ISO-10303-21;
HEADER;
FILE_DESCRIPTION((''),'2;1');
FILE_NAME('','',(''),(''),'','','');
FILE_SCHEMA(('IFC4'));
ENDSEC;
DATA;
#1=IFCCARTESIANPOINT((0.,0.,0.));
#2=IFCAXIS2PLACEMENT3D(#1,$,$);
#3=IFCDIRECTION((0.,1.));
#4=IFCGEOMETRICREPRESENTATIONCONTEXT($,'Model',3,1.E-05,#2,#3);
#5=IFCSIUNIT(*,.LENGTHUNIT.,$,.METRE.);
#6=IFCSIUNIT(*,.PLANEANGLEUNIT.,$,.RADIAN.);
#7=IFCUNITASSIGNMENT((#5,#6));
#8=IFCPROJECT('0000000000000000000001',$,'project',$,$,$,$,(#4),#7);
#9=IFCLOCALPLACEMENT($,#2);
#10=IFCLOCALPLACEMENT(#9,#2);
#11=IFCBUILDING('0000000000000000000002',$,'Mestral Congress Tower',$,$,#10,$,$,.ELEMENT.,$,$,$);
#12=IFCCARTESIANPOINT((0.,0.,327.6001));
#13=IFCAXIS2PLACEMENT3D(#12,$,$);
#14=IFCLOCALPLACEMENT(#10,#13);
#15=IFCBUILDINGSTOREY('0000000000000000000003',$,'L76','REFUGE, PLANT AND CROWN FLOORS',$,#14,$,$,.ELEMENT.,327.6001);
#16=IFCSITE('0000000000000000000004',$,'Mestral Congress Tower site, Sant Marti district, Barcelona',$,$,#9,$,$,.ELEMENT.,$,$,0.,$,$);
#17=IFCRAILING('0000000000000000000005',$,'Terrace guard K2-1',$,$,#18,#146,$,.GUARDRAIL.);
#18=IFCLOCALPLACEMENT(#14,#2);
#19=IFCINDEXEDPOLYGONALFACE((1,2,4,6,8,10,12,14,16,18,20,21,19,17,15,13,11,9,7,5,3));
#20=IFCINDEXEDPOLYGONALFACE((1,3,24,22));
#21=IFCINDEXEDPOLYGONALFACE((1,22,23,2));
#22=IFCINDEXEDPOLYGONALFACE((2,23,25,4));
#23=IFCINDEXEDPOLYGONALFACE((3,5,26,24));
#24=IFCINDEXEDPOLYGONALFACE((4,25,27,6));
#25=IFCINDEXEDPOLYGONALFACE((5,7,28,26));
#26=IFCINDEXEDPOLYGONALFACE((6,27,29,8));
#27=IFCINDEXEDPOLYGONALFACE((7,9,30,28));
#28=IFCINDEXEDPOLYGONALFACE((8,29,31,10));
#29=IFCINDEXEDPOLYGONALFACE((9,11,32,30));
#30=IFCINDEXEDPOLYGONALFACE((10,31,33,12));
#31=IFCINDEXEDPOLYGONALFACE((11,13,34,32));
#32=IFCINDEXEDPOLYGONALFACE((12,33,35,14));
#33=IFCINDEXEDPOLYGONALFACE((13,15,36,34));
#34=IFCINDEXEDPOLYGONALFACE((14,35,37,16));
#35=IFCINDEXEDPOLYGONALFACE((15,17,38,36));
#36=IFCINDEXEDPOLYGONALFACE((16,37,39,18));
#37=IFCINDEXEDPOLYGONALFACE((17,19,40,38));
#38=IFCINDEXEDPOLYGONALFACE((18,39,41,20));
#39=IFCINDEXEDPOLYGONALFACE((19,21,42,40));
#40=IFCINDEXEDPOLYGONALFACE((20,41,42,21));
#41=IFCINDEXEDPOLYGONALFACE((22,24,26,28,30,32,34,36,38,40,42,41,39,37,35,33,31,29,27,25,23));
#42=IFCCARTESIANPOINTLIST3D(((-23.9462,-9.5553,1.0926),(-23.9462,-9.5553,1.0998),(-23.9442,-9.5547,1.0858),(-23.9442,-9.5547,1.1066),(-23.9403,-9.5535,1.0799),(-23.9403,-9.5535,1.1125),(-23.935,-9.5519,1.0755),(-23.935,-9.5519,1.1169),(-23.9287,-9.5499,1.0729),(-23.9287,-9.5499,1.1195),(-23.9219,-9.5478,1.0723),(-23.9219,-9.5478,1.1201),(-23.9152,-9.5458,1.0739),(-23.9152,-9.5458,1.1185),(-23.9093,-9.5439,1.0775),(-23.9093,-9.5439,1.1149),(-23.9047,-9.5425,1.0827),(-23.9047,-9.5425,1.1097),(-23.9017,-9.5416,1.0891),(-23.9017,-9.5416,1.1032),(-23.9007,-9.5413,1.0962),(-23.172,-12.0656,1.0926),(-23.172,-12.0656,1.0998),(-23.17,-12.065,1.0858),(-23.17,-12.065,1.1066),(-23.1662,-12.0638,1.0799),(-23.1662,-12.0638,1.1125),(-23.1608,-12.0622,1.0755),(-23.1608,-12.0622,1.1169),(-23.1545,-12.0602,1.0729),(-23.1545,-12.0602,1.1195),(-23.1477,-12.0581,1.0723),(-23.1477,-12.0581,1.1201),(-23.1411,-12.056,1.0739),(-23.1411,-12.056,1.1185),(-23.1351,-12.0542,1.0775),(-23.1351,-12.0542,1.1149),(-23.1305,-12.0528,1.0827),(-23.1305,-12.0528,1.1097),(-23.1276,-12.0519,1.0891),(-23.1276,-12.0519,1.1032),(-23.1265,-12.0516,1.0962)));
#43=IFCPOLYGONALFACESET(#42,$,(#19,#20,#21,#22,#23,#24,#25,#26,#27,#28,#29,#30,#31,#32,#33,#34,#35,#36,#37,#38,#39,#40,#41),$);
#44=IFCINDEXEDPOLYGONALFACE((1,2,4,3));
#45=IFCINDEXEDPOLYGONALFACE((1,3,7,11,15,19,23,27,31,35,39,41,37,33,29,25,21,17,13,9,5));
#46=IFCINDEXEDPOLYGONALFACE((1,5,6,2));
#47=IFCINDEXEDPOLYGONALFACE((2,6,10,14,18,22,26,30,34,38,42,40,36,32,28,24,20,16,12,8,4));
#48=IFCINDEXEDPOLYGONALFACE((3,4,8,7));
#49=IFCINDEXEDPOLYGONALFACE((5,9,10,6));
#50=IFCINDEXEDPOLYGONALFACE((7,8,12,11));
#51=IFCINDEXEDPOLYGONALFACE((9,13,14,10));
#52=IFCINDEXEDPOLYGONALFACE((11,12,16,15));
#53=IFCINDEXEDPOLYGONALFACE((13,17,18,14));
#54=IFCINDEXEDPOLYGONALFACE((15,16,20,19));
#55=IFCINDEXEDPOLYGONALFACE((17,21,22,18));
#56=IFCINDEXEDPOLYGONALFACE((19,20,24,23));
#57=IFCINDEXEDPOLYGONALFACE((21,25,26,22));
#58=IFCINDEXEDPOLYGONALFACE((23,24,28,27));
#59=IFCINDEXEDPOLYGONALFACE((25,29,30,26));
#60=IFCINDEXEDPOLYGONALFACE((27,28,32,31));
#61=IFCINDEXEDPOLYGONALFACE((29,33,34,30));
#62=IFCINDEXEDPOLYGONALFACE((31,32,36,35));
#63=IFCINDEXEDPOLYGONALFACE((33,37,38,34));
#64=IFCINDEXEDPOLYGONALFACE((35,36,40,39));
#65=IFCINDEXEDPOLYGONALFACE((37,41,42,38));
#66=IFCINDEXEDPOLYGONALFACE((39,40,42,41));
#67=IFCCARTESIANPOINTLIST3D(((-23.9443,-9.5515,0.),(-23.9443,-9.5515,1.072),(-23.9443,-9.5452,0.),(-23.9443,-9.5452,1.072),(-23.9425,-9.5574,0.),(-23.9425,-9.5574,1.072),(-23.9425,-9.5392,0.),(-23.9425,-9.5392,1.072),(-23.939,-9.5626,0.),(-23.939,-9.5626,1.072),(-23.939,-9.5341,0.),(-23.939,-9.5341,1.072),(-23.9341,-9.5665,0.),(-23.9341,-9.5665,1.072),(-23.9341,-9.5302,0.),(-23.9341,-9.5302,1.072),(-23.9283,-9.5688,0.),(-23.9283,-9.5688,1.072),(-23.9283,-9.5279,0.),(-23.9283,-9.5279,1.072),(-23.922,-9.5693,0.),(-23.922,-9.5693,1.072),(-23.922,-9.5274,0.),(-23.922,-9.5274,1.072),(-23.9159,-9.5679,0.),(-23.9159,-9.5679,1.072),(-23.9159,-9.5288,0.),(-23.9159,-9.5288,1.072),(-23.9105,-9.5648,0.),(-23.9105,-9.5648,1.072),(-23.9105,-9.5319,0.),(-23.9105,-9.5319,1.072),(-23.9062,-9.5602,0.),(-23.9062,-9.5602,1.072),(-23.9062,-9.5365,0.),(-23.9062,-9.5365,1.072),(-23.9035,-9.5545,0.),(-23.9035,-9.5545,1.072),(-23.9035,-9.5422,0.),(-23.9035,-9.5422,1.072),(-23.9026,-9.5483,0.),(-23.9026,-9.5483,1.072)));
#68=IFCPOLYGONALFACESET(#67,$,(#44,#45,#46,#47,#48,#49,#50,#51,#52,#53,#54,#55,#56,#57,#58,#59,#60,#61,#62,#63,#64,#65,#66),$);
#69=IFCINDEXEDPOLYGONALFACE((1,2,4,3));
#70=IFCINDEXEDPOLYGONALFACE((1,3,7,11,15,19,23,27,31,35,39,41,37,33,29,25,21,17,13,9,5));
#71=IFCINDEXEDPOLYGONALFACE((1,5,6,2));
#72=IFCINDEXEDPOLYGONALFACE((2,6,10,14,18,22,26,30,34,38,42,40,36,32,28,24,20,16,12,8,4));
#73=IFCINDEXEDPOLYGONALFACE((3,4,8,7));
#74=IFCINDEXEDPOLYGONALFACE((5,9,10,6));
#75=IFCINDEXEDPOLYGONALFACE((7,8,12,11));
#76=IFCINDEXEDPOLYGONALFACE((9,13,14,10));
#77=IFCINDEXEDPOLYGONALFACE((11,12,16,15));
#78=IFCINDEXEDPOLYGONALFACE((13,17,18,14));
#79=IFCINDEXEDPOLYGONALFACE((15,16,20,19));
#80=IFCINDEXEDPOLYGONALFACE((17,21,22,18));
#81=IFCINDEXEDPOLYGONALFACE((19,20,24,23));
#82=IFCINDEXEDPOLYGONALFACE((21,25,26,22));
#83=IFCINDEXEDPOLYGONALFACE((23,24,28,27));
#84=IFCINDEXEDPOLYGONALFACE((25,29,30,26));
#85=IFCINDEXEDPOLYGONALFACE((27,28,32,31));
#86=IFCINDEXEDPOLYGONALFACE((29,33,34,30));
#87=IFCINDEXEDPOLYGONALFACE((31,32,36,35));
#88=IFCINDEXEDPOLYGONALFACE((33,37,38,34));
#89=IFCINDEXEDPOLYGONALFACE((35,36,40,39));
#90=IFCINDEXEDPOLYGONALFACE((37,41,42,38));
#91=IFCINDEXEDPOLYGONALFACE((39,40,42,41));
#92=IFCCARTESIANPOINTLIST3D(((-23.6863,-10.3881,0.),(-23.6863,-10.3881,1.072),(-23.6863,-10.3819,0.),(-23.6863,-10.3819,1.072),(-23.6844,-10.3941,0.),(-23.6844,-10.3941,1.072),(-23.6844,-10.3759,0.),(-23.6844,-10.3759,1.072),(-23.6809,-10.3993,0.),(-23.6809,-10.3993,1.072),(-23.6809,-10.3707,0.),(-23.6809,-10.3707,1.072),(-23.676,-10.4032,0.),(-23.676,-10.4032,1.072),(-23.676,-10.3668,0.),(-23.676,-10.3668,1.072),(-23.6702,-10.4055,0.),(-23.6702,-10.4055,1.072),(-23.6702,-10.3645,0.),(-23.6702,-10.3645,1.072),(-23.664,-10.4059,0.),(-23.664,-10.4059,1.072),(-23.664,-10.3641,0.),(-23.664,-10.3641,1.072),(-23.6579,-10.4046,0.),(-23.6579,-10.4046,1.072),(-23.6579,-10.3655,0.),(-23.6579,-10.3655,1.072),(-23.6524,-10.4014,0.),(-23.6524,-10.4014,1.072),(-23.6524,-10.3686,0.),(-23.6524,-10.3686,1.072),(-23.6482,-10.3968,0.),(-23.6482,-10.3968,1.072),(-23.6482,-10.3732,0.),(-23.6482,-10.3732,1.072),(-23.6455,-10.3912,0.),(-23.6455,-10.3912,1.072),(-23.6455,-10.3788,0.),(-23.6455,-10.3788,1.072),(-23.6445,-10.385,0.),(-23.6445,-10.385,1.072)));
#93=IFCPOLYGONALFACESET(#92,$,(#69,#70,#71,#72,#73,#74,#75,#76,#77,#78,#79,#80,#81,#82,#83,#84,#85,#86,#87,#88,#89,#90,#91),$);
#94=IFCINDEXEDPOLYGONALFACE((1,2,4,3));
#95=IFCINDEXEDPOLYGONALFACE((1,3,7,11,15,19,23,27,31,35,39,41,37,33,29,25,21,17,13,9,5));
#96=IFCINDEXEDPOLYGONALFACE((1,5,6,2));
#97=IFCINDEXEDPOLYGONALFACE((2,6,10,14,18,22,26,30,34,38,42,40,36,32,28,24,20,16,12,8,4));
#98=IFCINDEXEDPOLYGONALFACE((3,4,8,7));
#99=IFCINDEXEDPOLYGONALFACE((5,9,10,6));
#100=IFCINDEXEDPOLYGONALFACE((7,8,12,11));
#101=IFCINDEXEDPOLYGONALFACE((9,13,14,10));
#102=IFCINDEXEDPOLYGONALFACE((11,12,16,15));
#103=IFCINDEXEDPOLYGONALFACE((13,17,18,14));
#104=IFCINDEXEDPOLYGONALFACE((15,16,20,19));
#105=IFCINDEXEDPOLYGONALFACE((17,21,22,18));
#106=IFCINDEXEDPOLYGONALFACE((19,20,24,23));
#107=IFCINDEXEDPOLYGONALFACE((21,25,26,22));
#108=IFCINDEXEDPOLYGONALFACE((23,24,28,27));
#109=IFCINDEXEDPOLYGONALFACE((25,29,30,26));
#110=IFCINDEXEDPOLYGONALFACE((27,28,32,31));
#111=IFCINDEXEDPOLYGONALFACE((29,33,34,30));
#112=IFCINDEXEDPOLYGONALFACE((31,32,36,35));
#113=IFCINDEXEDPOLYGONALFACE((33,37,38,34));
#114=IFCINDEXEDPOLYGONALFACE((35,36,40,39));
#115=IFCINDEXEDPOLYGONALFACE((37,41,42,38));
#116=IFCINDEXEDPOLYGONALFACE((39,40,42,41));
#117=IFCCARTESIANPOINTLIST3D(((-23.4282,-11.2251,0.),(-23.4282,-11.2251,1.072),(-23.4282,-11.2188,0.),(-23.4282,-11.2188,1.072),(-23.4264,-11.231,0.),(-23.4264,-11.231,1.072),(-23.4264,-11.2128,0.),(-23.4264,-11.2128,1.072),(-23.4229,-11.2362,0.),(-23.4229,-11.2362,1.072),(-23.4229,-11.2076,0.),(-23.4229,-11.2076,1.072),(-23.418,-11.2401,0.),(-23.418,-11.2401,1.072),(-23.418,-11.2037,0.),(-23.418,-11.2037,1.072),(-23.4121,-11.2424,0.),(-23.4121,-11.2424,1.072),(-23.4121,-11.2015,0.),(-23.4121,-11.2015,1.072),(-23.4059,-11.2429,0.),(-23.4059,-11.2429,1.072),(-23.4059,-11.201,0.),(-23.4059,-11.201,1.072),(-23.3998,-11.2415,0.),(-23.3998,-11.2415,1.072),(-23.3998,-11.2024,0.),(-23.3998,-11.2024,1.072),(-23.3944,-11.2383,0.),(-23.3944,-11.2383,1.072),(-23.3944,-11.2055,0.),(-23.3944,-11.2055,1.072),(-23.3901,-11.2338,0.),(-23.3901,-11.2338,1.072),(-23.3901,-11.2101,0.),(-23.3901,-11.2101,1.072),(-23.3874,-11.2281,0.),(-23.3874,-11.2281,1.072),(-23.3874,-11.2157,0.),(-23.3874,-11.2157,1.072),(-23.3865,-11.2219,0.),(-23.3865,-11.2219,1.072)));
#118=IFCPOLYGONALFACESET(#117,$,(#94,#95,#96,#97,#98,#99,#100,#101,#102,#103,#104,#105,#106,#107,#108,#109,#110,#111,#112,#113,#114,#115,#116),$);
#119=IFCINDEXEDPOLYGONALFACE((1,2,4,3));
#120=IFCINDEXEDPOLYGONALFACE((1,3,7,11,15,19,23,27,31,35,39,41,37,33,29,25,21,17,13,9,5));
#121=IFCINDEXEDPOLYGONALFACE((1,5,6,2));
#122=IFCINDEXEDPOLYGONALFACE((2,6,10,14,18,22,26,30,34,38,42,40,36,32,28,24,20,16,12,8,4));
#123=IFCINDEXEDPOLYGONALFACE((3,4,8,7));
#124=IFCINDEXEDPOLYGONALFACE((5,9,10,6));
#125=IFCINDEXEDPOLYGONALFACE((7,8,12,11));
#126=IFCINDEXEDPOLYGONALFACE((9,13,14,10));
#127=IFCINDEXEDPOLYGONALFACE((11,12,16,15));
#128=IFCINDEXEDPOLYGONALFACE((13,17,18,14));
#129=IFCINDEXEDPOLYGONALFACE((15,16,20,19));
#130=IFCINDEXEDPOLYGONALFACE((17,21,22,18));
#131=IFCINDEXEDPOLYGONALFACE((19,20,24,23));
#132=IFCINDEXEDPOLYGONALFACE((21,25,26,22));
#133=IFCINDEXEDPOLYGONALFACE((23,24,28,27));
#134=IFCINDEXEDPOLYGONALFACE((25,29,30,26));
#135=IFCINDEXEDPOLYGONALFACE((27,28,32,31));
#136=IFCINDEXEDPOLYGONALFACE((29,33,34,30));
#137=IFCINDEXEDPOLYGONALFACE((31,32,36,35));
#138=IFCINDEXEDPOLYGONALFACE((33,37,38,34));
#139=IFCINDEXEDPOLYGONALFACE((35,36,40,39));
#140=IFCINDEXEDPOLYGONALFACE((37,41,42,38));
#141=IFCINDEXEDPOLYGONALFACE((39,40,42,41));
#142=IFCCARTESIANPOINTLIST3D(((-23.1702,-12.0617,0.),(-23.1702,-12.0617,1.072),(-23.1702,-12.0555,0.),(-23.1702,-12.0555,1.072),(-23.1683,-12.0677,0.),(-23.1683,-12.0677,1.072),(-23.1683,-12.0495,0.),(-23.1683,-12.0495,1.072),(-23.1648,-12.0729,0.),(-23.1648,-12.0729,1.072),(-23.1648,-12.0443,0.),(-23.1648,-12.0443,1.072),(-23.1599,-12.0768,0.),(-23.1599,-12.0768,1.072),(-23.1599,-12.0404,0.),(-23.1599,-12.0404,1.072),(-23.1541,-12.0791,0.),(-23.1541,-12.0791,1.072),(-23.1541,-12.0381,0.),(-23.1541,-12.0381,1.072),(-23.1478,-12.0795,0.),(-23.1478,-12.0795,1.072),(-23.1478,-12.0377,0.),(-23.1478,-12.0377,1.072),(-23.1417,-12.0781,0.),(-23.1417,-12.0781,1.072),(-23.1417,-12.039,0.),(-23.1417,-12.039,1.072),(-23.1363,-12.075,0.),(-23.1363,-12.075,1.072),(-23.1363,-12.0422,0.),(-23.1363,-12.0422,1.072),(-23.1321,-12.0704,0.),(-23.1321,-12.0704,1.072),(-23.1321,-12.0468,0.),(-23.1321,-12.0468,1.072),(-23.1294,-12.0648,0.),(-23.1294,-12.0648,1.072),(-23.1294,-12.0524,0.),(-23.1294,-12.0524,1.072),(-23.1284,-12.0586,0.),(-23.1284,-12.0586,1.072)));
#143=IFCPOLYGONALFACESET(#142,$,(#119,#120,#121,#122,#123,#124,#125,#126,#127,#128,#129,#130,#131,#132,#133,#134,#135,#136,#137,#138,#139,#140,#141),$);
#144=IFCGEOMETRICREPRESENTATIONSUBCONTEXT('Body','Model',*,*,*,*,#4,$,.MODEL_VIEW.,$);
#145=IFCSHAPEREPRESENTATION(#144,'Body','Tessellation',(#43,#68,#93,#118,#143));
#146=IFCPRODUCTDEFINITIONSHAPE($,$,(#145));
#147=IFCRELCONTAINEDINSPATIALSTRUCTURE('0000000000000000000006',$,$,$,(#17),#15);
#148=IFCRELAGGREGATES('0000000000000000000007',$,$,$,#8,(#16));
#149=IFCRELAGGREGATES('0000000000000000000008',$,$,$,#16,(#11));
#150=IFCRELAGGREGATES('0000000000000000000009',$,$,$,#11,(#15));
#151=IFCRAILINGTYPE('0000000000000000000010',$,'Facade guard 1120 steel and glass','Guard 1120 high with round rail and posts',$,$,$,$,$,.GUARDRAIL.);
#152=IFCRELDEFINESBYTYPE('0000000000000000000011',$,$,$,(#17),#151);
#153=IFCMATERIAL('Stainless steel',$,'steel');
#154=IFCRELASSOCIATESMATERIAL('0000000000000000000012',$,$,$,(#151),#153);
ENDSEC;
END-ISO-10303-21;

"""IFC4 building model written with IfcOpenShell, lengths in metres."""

from ifc_helpers import new_model, si_unit, direction, frame, origin, origin_2d, place, context, subcontext, project, spatial, circle, extrude, material, type_object, element, save


model = new_model("IFC4")

# Units and contexts
model_context = context("Model", 3, precision=1e-05, world=origin(), true_north=direction((0.0, 1.0)))
body_context = subcontext(model_context, "Body", "Model", "MODEL_VIEW")
ifc_project = project(units=[si_unit("LENGTHUNIT", "METRE"), si_unit("PLANEANGLEUNIT", "RADIAN")], contexts=[model_context])

# Site, building, storey
site_placement = place(None, origin())
site = spatial("IfcSite", under=ifc_project, at=site_placement, Name="Mestral Congress Tower site, Sant Marti district, Barcelona", CompositionType="ELEMENT", RefElevation=0.0)
building_placement = place(site_placement, origin())
building = spatial("IfcBuilding", under=site, at=building_placement, Name="Mestral Congress Tower", CompositionType="ELEMENT")
storey_placement = place(building_placement, frame((0.0, 0.0, 327.6001)))
storey = spatial("IfcBuildingStorey", under=building, at=storey_placement, Name="L76", Description="REFUGE, PLANT AND CROWN FLOORS", CompositionType="ELEMENT", Elevation=327.6001)

# Railing
ifc_material_1 = material(Name="Stainless steel", Category="steel")
railing_type = type_object("IfcRailingType", Name="Facade guard 1120 steel and glass", Description="Guard 1120 high with round rail and posts", PredefinedType="GUARDRAIL", material=ifc_material_1)
railing_1_placement = place(storey_placement, frame((-23.9236, -9.5483, 0.0)))
element("IfcRailing", 1, at=railing_1_placement, inside=storey, type_object=railing_type, Name="Terrace guard K2-1", PredefinedType="GUARDRAIL", context=body_context, shape_type="SweptSolid", body=[
    extrude(circle(Radius=0.0239, at=origin_2d()), frame((0.0, 0.0, 1.0962), z_axis=(0.294706, -0.955588, 0.0), x_axis=(0.955588, 0.294706, 0.0)), (0.0, 0.0, 1.0), 2.627),
    extrude(circle(Radius=0.021, at=origin_2d()), origin(), (0.0, 0.0, 1.0), 1.072),
    extrude(circle(Radius=0.021, at=origin_2d()), frame((0.2581, -0.8367, 0.0)), (0.0, 0.0, 1.0), 1.072),
    extrude(circle(Radius=0.021, at=origin_2d()), frame((0.5161, -1.6736, 0.0)), (0.0, 0.0, 1.0), 1.072),
    extrude(circle(Radius=0.021, at=origin_2d()), frame((0.7742, -2.5103, 0.0)), (0.0, 0.0, 1.0), 1.072),
])

save(model, "model.ifc")
